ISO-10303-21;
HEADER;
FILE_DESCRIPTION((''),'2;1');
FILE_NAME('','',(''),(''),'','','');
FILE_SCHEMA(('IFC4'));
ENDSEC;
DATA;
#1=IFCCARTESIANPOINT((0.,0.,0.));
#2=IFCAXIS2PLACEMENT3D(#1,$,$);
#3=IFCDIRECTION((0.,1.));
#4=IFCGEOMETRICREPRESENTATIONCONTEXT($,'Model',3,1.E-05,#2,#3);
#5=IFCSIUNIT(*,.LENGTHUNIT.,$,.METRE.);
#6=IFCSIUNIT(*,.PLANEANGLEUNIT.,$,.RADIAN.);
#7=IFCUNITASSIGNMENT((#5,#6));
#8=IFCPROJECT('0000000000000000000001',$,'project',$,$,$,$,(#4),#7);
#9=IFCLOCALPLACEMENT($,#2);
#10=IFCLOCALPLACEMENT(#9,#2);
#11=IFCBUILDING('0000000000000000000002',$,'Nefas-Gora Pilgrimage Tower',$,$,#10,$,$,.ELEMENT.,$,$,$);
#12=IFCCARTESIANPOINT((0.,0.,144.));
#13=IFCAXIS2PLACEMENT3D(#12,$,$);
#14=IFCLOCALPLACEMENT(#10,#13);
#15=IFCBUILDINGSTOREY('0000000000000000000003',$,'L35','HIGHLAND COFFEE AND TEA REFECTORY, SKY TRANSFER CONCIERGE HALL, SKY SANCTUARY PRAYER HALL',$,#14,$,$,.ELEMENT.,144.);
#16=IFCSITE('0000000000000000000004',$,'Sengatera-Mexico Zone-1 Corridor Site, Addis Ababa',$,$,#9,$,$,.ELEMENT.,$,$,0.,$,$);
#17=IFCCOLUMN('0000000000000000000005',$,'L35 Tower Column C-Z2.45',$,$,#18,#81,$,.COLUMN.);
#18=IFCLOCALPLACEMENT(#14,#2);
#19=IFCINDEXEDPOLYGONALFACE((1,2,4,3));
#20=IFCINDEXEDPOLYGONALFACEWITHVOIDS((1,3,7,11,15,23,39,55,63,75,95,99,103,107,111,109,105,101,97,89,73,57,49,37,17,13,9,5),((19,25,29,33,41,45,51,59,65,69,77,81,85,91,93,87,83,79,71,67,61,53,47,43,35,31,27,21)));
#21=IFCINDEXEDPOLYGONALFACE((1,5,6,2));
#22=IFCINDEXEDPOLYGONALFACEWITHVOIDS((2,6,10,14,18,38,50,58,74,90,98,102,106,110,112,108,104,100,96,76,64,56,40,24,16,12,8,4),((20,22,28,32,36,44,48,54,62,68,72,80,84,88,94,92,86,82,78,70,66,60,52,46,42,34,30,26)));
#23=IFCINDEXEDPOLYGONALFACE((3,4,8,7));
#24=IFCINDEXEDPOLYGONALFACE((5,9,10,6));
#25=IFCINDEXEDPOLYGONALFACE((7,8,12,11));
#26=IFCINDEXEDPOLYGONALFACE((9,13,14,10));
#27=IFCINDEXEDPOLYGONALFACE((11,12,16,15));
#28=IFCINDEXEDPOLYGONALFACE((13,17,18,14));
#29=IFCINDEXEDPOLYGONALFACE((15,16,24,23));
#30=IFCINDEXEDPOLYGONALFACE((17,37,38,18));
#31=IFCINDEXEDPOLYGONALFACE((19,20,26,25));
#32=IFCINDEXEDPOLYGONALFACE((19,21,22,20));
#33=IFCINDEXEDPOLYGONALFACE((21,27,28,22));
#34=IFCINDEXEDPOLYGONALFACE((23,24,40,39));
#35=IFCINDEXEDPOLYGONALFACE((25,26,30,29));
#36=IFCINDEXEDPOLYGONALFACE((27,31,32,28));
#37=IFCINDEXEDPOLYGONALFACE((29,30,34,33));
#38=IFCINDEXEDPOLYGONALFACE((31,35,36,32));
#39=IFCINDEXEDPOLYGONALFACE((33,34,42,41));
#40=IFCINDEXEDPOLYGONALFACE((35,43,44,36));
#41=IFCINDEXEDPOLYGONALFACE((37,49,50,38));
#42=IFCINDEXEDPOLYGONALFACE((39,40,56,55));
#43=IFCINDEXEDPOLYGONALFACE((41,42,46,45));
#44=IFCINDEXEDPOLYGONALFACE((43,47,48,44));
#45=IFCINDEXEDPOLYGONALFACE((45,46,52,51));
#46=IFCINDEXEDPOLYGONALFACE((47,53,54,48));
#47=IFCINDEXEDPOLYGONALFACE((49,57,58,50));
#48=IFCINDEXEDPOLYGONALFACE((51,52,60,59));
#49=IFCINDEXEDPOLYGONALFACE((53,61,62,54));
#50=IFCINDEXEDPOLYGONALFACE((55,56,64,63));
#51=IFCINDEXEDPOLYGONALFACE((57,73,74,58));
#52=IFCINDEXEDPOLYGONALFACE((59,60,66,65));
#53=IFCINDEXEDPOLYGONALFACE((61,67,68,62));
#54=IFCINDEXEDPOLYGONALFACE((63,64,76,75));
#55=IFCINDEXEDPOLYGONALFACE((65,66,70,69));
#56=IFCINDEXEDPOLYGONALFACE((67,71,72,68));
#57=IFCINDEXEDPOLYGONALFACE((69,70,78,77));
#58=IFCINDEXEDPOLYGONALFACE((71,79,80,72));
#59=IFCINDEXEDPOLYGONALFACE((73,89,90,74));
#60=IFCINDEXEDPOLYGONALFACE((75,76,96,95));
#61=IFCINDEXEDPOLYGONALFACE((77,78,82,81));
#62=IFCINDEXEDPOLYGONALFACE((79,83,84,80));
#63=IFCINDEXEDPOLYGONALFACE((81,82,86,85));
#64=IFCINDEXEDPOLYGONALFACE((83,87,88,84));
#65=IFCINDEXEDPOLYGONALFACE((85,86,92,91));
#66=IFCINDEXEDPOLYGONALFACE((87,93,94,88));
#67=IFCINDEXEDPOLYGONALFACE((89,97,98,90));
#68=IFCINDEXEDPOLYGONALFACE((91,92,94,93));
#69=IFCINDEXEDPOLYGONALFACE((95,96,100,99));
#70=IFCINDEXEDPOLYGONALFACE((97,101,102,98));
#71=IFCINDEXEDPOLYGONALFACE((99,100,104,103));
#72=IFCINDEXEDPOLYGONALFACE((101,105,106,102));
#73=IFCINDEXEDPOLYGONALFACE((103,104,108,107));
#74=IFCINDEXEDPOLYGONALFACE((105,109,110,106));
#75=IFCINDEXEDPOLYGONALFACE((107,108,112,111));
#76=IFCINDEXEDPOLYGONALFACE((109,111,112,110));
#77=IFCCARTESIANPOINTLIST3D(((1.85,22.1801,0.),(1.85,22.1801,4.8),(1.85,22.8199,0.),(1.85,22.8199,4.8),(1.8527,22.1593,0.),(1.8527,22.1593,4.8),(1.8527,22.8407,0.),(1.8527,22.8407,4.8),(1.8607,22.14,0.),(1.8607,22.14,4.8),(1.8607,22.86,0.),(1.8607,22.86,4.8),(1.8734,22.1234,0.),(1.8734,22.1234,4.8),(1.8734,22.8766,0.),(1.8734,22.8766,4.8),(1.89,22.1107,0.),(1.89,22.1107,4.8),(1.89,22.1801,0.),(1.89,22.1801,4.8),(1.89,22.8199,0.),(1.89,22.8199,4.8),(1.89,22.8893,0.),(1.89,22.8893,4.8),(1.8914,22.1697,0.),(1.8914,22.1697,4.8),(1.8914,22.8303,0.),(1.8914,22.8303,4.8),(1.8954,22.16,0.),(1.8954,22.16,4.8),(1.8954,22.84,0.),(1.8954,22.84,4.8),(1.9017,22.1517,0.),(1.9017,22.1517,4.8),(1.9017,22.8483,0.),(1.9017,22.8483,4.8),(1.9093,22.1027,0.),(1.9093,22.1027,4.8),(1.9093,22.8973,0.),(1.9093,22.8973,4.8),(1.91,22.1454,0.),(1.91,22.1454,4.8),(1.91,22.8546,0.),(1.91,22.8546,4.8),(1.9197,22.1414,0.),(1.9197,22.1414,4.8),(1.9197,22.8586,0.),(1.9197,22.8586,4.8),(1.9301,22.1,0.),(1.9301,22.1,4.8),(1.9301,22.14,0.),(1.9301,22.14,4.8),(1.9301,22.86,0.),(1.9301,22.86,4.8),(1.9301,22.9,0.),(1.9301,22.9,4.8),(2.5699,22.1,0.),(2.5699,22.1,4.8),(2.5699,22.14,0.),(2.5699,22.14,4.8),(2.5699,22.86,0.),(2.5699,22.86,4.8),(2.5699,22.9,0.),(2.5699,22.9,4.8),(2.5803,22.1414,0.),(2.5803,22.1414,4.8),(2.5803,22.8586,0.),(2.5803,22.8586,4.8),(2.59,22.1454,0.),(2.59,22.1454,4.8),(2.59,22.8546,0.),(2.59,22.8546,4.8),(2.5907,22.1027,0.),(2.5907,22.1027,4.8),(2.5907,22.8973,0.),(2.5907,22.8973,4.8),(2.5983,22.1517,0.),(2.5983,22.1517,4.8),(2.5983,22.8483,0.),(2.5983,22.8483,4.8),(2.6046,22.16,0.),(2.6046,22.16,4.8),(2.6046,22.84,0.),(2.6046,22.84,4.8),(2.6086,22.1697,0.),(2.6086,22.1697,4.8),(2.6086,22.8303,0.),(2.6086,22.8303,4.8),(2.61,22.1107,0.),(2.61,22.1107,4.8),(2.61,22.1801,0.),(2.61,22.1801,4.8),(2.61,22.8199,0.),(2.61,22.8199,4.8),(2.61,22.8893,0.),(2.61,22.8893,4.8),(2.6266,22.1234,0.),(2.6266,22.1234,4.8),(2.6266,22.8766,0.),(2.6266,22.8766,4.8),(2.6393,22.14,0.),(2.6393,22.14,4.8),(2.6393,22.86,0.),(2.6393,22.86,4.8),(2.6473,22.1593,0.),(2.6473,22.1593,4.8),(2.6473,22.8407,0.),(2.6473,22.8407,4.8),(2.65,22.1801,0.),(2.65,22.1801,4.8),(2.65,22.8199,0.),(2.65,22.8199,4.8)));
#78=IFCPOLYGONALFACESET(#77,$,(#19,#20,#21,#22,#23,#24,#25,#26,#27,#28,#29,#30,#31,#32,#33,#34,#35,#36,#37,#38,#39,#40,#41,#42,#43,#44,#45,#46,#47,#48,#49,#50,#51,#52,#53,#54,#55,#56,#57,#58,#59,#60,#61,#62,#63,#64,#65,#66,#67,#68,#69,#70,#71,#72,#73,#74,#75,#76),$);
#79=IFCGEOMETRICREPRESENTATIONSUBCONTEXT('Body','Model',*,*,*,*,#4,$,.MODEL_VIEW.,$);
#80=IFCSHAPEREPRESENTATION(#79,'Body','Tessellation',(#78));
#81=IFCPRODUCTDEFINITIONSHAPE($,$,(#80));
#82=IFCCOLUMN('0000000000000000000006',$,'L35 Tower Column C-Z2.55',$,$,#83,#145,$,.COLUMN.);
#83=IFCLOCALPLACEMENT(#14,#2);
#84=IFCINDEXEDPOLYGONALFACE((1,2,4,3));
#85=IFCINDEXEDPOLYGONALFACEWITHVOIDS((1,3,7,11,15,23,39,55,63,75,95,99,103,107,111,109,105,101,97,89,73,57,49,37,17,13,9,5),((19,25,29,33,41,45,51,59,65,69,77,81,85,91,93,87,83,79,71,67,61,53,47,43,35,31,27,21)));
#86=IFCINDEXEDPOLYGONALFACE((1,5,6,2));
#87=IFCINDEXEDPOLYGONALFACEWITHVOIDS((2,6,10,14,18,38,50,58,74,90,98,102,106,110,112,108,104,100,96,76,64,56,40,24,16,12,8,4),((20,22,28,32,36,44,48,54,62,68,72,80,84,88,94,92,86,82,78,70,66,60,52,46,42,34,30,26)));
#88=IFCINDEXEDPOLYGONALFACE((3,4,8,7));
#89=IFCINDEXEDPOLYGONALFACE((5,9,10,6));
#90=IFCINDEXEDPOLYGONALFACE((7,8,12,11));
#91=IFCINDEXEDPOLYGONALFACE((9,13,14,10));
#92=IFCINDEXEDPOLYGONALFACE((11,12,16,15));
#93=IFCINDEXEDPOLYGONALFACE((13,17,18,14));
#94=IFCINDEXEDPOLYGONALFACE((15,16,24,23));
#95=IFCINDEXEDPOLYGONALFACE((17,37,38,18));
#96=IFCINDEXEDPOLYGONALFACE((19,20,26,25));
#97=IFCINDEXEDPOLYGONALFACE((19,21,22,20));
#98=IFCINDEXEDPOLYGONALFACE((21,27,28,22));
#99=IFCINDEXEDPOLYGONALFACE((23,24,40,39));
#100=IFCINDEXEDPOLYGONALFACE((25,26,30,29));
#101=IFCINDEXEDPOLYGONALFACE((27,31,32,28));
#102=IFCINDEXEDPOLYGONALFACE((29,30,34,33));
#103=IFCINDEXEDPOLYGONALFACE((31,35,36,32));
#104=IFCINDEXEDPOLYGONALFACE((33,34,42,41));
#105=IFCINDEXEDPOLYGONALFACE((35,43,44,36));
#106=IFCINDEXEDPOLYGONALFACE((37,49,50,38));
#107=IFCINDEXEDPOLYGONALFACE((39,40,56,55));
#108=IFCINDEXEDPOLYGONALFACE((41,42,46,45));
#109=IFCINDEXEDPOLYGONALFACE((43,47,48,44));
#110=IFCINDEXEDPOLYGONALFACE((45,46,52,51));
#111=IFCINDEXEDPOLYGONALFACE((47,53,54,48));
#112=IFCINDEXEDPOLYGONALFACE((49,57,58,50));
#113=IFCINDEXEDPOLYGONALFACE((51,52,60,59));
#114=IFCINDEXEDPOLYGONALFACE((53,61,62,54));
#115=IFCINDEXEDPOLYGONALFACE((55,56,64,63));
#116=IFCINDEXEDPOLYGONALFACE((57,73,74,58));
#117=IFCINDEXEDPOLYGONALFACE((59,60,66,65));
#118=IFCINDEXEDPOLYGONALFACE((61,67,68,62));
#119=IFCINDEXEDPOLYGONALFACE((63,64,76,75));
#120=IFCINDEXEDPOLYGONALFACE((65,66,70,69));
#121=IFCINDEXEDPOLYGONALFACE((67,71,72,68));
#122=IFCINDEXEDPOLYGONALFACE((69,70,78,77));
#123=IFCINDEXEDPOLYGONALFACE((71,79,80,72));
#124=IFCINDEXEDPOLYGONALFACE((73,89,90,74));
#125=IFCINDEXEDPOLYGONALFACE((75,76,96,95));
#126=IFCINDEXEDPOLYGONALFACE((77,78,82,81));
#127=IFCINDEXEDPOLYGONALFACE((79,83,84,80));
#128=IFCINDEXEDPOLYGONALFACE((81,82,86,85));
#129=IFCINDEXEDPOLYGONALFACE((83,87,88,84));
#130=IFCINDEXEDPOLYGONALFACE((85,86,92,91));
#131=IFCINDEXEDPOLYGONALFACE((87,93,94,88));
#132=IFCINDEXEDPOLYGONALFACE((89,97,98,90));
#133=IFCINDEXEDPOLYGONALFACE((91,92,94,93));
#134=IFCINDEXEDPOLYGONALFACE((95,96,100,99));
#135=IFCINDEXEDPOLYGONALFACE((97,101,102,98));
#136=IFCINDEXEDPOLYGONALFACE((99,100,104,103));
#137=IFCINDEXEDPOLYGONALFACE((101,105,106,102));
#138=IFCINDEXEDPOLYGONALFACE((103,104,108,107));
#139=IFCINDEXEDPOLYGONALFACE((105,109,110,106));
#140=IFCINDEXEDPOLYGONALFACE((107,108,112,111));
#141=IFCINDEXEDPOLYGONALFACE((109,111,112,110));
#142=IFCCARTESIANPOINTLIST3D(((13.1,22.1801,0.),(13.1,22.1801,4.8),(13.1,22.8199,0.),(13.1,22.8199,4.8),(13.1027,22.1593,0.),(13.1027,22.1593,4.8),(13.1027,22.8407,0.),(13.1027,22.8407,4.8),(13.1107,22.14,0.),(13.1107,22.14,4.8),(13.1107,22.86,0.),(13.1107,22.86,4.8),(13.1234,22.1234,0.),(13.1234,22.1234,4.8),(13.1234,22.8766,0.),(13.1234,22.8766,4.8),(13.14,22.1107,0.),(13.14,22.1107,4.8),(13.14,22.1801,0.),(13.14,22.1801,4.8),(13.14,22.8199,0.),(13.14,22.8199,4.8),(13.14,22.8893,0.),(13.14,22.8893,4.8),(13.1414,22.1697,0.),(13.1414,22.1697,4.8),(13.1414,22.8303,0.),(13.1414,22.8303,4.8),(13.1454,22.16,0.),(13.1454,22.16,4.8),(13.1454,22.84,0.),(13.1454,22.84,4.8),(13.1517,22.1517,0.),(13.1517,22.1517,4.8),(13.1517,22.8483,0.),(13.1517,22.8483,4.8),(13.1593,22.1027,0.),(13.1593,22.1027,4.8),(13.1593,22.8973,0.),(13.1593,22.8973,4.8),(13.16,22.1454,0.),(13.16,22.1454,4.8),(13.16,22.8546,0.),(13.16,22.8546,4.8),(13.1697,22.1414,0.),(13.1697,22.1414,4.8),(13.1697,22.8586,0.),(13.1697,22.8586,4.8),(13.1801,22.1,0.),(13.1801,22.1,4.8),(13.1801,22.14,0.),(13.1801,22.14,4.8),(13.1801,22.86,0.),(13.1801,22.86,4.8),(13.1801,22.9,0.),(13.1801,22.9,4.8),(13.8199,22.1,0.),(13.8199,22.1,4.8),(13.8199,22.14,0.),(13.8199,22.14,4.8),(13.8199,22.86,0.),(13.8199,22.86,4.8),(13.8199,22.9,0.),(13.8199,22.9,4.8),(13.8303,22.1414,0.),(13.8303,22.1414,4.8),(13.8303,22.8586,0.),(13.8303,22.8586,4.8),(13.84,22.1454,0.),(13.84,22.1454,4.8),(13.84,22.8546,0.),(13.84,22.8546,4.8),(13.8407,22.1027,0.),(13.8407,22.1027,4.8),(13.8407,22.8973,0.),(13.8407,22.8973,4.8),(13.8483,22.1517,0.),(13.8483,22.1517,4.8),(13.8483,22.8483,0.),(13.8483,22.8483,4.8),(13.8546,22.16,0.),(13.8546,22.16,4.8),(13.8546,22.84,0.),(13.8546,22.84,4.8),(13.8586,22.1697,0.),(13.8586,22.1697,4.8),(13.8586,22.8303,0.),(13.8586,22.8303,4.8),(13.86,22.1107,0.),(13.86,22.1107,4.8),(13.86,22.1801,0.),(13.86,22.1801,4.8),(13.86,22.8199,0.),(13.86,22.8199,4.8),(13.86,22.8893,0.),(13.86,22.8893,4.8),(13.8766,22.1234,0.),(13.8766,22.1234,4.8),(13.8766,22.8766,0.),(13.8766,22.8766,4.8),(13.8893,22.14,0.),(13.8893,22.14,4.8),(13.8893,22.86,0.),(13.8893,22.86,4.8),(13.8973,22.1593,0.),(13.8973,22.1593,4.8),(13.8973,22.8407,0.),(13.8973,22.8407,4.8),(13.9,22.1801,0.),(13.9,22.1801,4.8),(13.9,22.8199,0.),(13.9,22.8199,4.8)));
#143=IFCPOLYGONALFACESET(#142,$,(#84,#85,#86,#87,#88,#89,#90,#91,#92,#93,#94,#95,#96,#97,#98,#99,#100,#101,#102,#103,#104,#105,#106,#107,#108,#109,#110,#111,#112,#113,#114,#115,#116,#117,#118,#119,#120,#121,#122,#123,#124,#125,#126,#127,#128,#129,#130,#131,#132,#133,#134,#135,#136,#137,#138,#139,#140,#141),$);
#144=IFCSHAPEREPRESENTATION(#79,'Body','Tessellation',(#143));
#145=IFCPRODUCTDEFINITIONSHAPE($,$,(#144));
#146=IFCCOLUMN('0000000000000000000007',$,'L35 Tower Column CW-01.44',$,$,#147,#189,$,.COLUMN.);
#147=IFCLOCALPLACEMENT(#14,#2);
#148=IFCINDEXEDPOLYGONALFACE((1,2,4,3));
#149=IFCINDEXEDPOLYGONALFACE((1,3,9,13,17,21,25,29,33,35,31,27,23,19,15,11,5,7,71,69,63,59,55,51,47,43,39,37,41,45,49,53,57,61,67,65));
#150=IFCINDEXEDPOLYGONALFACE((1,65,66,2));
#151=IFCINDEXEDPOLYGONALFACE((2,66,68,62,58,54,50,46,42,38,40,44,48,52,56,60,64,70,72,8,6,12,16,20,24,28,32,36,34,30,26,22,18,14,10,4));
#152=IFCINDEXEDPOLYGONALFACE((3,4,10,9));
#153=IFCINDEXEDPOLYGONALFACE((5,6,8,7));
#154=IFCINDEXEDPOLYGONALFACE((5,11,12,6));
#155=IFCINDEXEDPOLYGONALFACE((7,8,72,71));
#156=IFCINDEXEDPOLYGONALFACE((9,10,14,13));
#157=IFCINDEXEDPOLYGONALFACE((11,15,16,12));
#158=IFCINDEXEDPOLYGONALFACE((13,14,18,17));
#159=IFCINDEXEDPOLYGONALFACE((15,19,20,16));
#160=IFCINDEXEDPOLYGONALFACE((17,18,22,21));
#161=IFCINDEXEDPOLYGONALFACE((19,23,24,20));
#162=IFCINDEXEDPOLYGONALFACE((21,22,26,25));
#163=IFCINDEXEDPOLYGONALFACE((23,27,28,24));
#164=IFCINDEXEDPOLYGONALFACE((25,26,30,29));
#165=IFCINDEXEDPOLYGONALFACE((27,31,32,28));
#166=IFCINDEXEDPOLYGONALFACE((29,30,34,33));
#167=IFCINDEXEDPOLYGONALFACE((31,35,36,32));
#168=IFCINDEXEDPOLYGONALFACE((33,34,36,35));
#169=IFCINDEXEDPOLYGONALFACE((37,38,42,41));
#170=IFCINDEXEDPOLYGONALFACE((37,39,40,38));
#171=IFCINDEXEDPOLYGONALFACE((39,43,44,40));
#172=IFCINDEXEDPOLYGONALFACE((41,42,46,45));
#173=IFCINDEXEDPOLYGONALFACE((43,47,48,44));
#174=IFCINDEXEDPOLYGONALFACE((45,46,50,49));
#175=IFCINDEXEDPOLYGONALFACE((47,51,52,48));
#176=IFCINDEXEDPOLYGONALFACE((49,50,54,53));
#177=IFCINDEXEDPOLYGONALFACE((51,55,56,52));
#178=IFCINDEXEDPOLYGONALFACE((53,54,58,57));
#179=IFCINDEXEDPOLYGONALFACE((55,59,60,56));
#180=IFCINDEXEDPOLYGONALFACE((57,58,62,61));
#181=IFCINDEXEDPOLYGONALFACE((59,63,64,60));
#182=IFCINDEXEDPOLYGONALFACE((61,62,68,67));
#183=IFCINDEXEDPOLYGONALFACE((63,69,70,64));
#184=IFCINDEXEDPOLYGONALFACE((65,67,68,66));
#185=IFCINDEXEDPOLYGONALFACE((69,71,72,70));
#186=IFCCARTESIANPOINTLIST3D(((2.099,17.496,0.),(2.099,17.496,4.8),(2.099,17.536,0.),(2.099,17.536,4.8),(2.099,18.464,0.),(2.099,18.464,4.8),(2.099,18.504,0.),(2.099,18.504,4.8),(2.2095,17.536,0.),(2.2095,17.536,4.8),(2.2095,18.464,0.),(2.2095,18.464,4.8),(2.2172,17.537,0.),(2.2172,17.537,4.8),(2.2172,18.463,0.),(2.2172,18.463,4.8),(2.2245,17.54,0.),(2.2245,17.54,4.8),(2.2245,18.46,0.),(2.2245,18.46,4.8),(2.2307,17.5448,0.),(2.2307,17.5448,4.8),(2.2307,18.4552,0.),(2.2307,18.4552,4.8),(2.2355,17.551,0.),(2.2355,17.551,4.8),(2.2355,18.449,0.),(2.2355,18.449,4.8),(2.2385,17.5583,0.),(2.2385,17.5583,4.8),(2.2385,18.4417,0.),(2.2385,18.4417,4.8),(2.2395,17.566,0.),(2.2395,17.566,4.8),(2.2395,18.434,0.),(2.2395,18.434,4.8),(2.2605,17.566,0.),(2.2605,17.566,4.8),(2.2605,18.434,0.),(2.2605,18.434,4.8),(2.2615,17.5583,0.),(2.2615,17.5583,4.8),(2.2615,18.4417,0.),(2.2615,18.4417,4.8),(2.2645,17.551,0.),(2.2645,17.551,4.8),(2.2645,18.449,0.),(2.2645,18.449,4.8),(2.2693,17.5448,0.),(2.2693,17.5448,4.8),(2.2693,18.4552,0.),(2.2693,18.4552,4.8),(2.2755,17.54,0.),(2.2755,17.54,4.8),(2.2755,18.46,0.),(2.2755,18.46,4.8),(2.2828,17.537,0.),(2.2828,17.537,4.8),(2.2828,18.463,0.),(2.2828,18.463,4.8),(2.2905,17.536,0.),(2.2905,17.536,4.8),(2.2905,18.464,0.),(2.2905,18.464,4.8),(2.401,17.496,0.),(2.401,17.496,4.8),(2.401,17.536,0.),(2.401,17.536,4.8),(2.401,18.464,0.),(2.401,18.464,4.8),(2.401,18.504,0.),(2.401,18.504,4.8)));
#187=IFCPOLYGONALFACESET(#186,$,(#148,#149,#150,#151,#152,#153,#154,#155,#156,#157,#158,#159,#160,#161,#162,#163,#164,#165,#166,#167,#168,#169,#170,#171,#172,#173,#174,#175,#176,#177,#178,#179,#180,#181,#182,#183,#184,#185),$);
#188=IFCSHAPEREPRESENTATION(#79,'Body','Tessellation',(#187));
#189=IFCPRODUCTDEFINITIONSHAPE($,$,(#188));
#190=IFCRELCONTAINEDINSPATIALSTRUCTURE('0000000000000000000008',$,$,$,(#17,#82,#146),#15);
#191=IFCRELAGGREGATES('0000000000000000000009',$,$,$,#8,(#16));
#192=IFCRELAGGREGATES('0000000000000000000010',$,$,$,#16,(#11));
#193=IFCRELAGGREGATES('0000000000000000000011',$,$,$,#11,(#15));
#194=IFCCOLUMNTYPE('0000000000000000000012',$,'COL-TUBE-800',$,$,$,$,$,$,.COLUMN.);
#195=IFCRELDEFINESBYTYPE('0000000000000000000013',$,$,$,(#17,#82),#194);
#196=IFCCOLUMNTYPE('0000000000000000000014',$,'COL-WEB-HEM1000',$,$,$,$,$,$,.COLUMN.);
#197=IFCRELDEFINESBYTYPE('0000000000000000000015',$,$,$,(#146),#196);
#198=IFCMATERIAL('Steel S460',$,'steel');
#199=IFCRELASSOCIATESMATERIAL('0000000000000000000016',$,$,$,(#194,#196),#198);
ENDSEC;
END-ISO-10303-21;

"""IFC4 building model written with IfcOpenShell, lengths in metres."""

from ifc_helpers import new_model, si_unit, direction, frame, origin, origin_2d, place, context, subcontext, project, spatial, hollow_rectangle, i_section, extrude, source, transform, mapped, material, material_profile, profile_set, type_object, element, save


model = new_model("IFC4")

# Units and contexts
model_context = context("Model", 3, precision=1e-05, world=origin(), true_north=direction((0.0, 1.0)))
body_context = subcontext(model_context, "Body", "Model", "MODEL_VIEW")
ifc_project = project(units=[si_unit("LENGTHUNIT", "METRE"), si_unit("PLANEANGLEUNIT", "RADIAN")], contexts=[model_context])

# Site, building, storey
site_placement = place(None, origin())
site = spatial("IfcSite", under=ifc_project, at=site_placement, Name="Sengatera-Mexico Zone-1 Corridor Site, Addis Ababa", CompositionType="ELEMENT", RefElevation=0.0)
building_placement = place(site_placement, origin())
building = spatial("IfcBuilding", under=site, at=building_placement, Name="Nefas-Gora Pilgrimage Tower", CompositionType="ELEMENT")
storey_placement = place(building_placement, frame((0.0, 0.0, 144.0)))
storey = spatial("IfcBuildingStorey", under=building, at=storey_placement, Name="L35", Description="HIGHLAND COFFEE AND TEA REFECTORY, SKY TRANSFER CONCIERGE HALL, SKY SANCTUARY PRAYER HALL", CompositionType="ELEMENT", Elevation=144.0)

# Columns
ifc_material_1 = material(Name="Steel S460", Category="steel")
ifc_material_profile_1 = material_profile(ifc_material_1, hollow_rectangle(XDim=0.8, YDim=0.8, WallThickness=0.04, InnerFilletRadius=0.04, OuterFilletRadius=0.0801, at=origin_2d()), Name="BOX 800x800x40")
ifc_profile_set_1 = profile_set([ifc_material_profile_1], Name="Steel S460")
column_type_1 = type_object("IfcColumnType", Name="COL-TUBE-800", PredefinedType="COLUMN", material=ifc_profile_set_1)
shared_shape_1 = source(origin(), body_context, "Body", "SweptSolid", [
    extrude(hollow_rectangle(XDim=0.8, YDim=0.8, WallThickness=0.04, InnerFilletRadius=0.04, OuterFilletRadius=0.0801, at=origin_2d()), origin(), (0.0, 0.0, 1.0), 4.8),
])
for number, where, z_axis, x_axis, name in (
    (1, (2.25, 22.5, 0.0), (0.0, 0.0, 1.0), (1.0, 0.0, 0.0), "L35 Tower Column C-Z2.45"),
    (2, (13.5, 22.5, 0.0), (0.0, 0.0, 1.0), (1.0, 0.0, 0.0), "L35 Tower Column C-Z2.55"),
):
    element("IfcColumn", number, at=place(storey_placement, frame(where, z_axis=z_axis, x_axis=x_axis)), inside=storey, type_object=column_type_1, Name=name, PredefinedType="COLUMN", context=body_context, shape_type="MappedRepresentation", body=[
        mapped(shared_shape_1, transform((0.0, 0.0, 0.0), x_axis=(1.0, 0.0, 0.0), y_axis=(0.0, 1.0, 0.0), z_axis=(0.0, 0.0, 1.0), scale=1.0)),
    ])
ifc_material_profile_2 = material_profile(ifc_material_1, i_section(OverallWidth=0.302, OverallDepth=1.0081, WebThickness=0.021, FlangeThickness=0.04, FilletRadius=0.03, at=origin_2d()), Name="HEM 1000")
ifc_profile_set_2 = profile_set([ifc_material_profile_2], Name="Steel S460")
column_type_2 = type_object("IfcColumnType", Name="COL-WEB-HEM1000", PredefinedType="COLUMN", material=ifc_profile_set_2)
shared_shape_2 = source(origin(), body_context, "Body", "SweptSolid", [
    extrude(i_section(OverallWidth=0.302, OverallDepth=1.0081, WebThickness=0.021, FlangeThickness=0.04, FilletRadius=0.03, at=origin_2d()), origin(), (0.0, 0.0, 1.0), 4.8),
])
for number, where, z_axis, x_axis, name in (
    (3, (2.25, 18.0, 0.0), (0.0, 0.0, 1.0), (1.0, 0.0, 0.0), "L35 Tower Column CW-01.44"),
):
    element("IfcColumn", number, at=place(storey_placement, frame(where, z_axis=z_axis, x_axis=x_axis)), inside=storey, type_object=column_type_2, Name=name, PredefinedType="COLUMN", context=body_context, shape_type="MappedRepresentation", body=[
        mapped(shared_shape_2, transform((0.0, 0.0, 0.0), x_axis=(1.0, 0.0, 0.0), y_axis=(0.0, 1.0, 0.0), z_axis=(0.0, 0.0, 1.0), scale=1.0)),
    ])

save(model, "model.ifc")
